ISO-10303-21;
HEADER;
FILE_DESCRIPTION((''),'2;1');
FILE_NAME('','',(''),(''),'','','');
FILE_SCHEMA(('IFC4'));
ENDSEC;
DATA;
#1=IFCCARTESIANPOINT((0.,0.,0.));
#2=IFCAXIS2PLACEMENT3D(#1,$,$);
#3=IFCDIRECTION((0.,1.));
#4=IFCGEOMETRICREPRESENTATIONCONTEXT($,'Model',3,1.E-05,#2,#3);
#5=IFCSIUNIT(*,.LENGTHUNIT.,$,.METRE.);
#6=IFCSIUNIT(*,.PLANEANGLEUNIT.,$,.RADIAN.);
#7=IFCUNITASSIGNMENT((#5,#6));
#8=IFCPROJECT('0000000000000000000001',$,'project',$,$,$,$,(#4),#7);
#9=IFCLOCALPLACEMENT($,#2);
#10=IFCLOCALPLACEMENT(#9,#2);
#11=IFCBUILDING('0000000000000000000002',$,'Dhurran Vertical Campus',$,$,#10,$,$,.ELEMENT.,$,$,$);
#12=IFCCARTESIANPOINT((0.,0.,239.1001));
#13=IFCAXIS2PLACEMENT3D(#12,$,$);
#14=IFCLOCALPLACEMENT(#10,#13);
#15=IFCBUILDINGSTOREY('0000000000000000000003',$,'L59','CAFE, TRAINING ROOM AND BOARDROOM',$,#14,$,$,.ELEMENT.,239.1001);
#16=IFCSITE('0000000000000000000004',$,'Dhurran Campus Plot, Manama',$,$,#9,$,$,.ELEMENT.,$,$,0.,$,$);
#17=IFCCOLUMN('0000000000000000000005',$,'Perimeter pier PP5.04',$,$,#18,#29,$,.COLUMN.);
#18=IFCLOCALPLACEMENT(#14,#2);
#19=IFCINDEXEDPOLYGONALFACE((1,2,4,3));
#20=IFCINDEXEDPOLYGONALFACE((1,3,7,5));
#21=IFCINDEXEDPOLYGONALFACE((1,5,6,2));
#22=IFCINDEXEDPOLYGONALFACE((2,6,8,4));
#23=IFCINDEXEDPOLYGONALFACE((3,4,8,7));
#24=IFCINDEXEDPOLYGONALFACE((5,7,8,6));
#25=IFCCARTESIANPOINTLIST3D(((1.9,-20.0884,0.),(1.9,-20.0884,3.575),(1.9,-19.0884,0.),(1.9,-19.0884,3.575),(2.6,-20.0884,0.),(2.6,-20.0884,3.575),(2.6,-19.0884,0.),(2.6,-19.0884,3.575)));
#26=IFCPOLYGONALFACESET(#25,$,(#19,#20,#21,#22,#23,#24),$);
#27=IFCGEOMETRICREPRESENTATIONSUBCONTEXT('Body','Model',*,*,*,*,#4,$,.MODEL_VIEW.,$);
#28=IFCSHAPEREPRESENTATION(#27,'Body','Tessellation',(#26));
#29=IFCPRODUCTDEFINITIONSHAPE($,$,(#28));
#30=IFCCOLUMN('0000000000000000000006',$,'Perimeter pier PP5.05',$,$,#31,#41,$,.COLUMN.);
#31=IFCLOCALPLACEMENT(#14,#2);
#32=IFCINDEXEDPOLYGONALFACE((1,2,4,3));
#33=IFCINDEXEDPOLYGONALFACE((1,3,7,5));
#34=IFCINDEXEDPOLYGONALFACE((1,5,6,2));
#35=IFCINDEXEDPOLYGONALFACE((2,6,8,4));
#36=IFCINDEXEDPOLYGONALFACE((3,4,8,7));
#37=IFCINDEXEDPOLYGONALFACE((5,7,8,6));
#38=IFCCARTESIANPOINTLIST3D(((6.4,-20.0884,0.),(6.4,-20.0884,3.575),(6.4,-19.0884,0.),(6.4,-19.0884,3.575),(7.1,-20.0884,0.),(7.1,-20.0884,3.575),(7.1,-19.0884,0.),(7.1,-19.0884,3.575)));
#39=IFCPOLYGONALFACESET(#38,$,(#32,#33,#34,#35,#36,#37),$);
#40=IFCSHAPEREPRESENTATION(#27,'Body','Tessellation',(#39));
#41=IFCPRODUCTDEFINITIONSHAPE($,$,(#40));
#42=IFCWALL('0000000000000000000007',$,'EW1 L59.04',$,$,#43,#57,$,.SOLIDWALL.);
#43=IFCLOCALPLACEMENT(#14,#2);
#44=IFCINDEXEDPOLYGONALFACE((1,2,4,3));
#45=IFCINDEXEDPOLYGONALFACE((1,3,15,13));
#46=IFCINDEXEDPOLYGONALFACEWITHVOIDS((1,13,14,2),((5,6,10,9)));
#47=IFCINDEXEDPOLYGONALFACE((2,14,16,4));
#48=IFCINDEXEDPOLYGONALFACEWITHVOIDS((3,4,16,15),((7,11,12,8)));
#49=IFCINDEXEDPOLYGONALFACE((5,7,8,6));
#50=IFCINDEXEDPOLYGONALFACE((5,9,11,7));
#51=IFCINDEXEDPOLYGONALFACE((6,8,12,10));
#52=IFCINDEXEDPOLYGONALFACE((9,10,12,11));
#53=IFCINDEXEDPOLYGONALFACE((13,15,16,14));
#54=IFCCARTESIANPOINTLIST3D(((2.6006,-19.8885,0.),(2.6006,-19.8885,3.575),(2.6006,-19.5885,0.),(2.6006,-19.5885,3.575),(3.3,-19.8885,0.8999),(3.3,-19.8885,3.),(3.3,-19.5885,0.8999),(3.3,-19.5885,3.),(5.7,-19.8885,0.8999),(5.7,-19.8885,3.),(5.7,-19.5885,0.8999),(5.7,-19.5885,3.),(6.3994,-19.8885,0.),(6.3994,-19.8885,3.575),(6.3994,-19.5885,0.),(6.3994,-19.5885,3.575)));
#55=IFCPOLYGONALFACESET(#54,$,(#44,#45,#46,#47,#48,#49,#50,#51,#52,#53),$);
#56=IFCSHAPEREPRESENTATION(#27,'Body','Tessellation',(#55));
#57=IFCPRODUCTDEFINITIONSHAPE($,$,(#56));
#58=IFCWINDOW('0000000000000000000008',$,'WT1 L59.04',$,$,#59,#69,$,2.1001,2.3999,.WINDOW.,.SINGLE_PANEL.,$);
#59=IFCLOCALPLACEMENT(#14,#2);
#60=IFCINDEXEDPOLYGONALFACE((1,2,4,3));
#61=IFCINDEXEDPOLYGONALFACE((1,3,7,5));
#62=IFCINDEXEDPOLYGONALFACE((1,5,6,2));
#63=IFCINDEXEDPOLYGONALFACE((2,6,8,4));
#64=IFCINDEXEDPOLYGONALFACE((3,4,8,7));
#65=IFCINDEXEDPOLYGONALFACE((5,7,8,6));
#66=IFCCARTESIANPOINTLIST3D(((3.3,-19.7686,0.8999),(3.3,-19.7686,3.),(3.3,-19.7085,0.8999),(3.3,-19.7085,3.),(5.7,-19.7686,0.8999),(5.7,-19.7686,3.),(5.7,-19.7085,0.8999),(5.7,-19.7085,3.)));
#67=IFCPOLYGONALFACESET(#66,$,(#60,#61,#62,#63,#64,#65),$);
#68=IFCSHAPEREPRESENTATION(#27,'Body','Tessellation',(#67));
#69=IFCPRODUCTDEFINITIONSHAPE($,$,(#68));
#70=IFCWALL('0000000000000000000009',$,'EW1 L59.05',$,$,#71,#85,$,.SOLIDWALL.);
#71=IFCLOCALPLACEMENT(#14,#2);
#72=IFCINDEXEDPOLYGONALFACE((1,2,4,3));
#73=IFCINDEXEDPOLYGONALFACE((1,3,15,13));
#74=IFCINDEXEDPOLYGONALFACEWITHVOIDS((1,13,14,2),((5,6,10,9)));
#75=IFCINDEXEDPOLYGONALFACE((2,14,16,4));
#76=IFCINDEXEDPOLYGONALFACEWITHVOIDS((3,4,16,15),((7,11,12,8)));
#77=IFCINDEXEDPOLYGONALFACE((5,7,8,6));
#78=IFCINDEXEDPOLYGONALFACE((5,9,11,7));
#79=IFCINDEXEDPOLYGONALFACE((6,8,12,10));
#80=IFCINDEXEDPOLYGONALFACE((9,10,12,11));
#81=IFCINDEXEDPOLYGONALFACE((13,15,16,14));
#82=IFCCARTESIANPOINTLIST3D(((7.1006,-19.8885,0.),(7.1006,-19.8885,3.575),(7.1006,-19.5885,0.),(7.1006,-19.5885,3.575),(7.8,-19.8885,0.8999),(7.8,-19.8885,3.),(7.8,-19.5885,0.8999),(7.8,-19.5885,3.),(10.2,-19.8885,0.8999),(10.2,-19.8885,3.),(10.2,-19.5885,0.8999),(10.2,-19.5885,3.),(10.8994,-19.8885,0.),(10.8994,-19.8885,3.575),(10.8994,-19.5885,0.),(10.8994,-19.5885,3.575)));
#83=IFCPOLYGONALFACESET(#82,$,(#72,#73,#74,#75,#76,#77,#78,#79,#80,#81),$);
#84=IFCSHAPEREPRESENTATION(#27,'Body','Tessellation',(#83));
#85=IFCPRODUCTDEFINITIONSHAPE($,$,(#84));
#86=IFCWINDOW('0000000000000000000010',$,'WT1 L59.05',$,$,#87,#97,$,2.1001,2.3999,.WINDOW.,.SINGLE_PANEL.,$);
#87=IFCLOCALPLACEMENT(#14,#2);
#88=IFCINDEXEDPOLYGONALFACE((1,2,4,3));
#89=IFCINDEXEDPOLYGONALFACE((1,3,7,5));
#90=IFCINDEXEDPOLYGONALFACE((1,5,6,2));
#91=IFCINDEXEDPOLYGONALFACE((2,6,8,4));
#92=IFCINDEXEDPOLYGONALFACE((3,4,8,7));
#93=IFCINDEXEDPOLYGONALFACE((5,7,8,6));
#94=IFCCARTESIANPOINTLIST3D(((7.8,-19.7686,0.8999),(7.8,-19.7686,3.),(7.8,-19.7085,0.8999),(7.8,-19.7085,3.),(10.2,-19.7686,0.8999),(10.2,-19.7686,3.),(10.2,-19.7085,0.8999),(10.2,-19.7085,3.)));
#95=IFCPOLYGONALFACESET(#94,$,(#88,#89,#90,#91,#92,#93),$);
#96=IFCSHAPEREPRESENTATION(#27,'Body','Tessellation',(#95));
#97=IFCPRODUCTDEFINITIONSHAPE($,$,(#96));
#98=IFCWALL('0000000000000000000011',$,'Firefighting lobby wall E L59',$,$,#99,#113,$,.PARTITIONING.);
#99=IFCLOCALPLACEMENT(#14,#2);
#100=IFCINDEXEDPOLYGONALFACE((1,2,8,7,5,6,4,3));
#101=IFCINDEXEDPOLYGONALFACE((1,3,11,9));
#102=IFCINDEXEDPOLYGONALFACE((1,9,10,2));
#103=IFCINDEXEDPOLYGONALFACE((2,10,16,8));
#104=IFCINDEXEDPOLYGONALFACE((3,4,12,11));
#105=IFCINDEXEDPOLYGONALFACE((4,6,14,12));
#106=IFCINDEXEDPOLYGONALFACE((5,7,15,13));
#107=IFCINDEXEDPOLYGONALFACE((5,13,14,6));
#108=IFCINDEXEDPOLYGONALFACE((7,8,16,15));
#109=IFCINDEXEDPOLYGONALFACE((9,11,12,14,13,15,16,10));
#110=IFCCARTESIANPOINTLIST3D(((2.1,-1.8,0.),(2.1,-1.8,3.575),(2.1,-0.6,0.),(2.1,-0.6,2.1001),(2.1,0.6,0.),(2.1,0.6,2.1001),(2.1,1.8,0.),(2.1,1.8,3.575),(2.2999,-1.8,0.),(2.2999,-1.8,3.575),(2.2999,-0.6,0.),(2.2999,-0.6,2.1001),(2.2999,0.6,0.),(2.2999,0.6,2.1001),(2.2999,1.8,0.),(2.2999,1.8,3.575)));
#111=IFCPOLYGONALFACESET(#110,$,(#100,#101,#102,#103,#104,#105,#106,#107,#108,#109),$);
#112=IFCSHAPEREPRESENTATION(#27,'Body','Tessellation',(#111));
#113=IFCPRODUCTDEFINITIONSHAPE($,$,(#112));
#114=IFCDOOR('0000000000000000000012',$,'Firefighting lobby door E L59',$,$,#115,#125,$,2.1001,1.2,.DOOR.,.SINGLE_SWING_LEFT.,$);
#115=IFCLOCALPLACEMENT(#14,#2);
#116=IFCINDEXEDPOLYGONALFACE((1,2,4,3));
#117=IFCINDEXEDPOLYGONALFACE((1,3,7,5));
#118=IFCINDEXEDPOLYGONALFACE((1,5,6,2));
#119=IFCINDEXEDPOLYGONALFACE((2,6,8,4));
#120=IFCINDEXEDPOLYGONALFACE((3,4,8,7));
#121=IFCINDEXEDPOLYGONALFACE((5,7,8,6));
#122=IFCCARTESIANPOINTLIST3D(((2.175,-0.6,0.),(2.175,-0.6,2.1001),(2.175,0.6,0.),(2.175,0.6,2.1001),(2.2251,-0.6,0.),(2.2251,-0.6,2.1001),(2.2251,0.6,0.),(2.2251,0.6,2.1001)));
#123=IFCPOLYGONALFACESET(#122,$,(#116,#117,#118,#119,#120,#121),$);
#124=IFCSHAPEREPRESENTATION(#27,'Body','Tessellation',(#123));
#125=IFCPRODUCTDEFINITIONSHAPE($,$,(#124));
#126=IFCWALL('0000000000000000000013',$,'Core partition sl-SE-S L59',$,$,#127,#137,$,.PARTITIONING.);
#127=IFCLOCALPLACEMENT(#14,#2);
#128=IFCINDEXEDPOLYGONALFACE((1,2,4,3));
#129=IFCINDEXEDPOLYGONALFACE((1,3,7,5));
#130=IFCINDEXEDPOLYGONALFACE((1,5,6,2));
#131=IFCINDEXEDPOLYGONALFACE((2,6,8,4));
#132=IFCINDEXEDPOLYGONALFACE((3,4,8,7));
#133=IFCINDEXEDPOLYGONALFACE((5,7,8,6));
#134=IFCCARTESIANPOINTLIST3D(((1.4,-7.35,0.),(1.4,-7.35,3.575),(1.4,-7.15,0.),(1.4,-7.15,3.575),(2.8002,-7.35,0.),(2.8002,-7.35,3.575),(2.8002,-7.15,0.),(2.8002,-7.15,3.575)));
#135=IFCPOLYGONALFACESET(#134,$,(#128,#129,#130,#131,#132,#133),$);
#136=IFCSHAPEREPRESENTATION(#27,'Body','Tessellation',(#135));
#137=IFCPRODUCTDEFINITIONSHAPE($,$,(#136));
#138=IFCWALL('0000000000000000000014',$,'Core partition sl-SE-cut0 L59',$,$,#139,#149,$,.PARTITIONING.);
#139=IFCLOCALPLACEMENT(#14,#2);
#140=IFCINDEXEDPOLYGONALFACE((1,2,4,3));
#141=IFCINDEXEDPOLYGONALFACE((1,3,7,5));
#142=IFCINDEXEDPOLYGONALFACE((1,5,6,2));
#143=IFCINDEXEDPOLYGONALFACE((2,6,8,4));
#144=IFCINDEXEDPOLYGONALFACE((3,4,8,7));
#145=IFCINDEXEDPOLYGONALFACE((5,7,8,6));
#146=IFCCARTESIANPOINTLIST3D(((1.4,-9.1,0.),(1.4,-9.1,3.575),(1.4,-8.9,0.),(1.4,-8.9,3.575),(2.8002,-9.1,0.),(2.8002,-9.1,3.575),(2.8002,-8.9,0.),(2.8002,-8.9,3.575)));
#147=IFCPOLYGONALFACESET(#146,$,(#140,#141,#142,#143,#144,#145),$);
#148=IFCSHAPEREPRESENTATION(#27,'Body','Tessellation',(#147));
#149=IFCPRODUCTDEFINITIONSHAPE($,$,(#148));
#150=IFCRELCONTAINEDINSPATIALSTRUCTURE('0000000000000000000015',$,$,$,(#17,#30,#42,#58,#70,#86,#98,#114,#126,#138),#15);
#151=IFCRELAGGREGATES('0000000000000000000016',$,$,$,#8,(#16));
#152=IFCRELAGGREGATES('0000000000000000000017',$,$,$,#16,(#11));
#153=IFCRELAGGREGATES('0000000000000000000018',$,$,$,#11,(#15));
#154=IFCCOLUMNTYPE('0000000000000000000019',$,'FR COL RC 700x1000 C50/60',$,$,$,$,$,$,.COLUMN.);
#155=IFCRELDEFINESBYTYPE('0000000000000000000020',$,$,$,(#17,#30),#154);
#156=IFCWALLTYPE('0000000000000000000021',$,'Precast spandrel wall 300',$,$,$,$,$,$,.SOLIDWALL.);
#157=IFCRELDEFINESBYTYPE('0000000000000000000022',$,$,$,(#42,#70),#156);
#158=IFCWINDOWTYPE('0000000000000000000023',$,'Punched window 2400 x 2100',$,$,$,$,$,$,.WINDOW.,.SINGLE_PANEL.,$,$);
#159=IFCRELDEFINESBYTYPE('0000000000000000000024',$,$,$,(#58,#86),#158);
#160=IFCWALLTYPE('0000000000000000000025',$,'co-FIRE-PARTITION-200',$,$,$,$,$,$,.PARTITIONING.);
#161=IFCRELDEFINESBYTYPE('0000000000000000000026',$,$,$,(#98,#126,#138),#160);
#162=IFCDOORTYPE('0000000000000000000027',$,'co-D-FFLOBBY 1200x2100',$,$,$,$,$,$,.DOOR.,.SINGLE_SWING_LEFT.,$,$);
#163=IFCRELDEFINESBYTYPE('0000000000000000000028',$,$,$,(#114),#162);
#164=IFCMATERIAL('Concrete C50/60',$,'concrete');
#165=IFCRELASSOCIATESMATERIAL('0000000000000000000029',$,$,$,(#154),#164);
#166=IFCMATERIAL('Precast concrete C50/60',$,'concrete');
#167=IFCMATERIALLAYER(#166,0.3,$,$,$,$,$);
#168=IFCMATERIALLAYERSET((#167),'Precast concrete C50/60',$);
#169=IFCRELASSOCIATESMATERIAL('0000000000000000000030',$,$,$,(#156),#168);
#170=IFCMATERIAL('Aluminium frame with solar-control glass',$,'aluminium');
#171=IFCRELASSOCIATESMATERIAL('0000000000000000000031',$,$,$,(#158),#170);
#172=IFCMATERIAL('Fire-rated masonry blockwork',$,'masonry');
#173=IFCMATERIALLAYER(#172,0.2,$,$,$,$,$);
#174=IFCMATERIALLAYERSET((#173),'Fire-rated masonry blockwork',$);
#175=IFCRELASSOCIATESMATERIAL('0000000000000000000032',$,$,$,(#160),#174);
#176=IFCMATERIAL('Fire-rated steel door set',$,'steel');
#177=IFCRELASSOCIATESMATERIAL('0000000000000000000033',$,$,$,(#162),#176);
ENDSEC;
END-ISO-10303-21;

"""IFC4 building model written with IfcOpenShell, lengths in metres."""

from ifc_helpers import new_model, si_unit, direction, frame, frame_2d, origin, origin_2d, place, context, subcontext, project, spatial, rectangle, extrude, material, layer, layer_set, material_profile, profile_set, type_object, element, fill, save


model = new_model("IFC4")

# Units and contexts
model_context = context("Model", 3, precision=1e-05, world=origin(), true_north=direction((0.0, 1.0)))
body_context = subcontext(model_context, "Body", "Model", "MODEL_VIEW")
ifc_project = project(units=[si_unit("LENGTHUNIT", "METRE"), si_unit("PLANEANGLEUNIT", "RADIAN")], contexts=[model_context])

# Site, building, storey
site_placement = place(None, origin())
site = spatial("IfcSite", under=ifc_project, at=site_placement, Name="Dhurran Campus Plot, Manama", CompositionType="ELEMENT", RefElevation=0.0)
building_placement = place(site_placement, origin())
building = spatial("IfcBuilding", under=site, at=building_placement, Name="Dhurran Vertical Campus", CompositionType="ELEMENT")
storey_placement = place(building_placement, frame((0.0, 0.0, 239.1001)))
storey = spatial("IfcBuildingStorey", under=building, at=storey_placement, Name="L59", Description="CAFE, TRAINING ROOM AND BOARDROOM", CompositionType="ELEMENT", Elevation=239.1001)

# Columns
ifc_material_1 = material(Name="Concrete C50/60", Category="concrete")
ifc_material_profile = material_profile(ifc_material_1, rectangle(XDim=0.7, YDim=1.0, at=origin_2d()), Name="RC 700x1000")
ifc_profile_set = profile_set([ifc_material_profile], Name="Concrete C50/60")
column_type = type_object("IfcColumnType", Name="FR COL RC 700x1000 C50/60", PredefinedType="COLUMN", material=ifc_profile_set)
for number, where, z_axis, x_axis, name in (
    (1, (2.25, -19.5884, 0.0), (0.0, 0.0, 1.0), (1.0, 0.0, 0.0), "Perimeter pier PP5.04"),
    (2, (6.75, -19.5884, 0.0), (0.0, 0.0, 1.0), (1.0, 0.0, 0.0), "Perimeter pier PP5.05"),
):
    element("IfcColumn", number, at=place(storey_placement, frame(where, z_axis=z_axis, x_axis=x_axis)), inside=storey, type_object=column_type, Name=name, PredefinedType="COLUMN", context=body_context, shape_type="SweptSolid", body=[
        extrude(rectangle(XDim=0.7, YDim=1.0, at=origin_2d()), origin(), (0.0, 0.0, 1.0), 3.575),
    ])

# Walls, openings, windows
ifc_material_2 = material(Name="Precast concrete C50/60", Category="concrete")
ifc_layer_1 = layer(ifc_material_2, 0.3)
ifc_layer_set_1 = layer_set([ifc_layer_1], Name="Precast concrete C50/60")
wall_type_1 = type_object("IfcWallType", Name="Precast spandrel wall 300", PredefinedType="SOLIDWALL", material=ifc_layer_set_1)
wall_1_placement = place(storey_placement, frame((2.6006, -19.7385, 0.0), z_axis=(0.0, 0.0, 1.0), x_axis=(1.0, 0.0, 0.0)))
wall_1 = element("IfcWall", 3, at=wall_1_placement, inside=storey, type_object=wall_type_1, Name="EW1 L59.04", PredefinedType="SOLIDWALL", context=body_context, shape_type="SweptSolid", body=[
    extrude(rectangle(XDim=3.7988, YDim=0.3, at=frame_2d((1.8994, 0.0))), origin(), (0.0, 0.0, 1.0), 3.575),
])
opening_1_placement = place(wall_1_placement, frame((0.6995, 0.0, 0.8999)))
opening_1 = element("IfcOpeningElement", 4, at=opening_1_placement, cuts=wall_1, PredefinedType="OPENING", context=body_context, shape_type="SweptSolid", body=[
    extrude(rectangle(XDim=2.3999, YDim=2.1001, at=frame_2d((1.2, 1.05))), frame((0.0, 0.1599, 0.0), z_axis=(0.0, -1.0, 0.0), x_axis=(1.0, 0.0, 0.0)), (0.0, 0.0, 1.0), 0.3201),
])
ifc_material_3 = material(Name="Aluminium frame with solar-control glass", Category="aluminium")
window_type = type_object("IfcWindowType", Name="Punched window 2400 x 2100", PartitioningType="SINGLE_PANEL", PredefinedType="WINDOW", material=ifc_material_3)
window_1_placement = place(opening_1_placement, origin())
window_1 = element("IfcWindow", 5, at=window_1_placement, inside=storey, type_object=window_type, Name="WT1 L59.04", OverallHeight=2.1001, OverallWidth=2.3999, PartitioningType="SINGLE_PANEL", PredefinedType="WINDOW", context=body_context, shape_type="SweptSolid", body=[
    extrude(rectangle(XDim=2.3999, YDim=2.1001, at=frame_2d((1.2, 1.05))), frame((0.0, 0.03, 0.0), z_axis=(0.0, -1.0, 0.0), x_axis=(1.0, 0.0, 0.0)), (0.0, 0.0, 1.0), 0.0601),
])
fill(opening_1, window_1)
wall_2_placement = place(storey_placement, frame((7.1006, -19.7385, 0.0), z_axis=(0.0, 0.0, 1.0), x_axis=(1.0, 0.0, 0.0)))
wall_2 = element("IfcWall", 6, at=wall_2_placement, inside=storey, type_object=wall_type_1, Name="EW1 L59.05", PredefinedType="SOLIDWALL", context=body_context, shape_type="SweptSolid", body=[
    extrude(rectangle(XDim=3.7988, YDim=0.3, at=frame_2d((1.8994, 0.0))), origin(), (0.0, 0.0, 1.0), 3.575),
])
opening_2_placement = place(wall_2_placement, frame((0.6995, 0.0, 0.8999)))
opening_2 = element("IfcOpeningElement", 7, at=opening_2_placement, cuts=wall_2, PredefinedType="OPENING", context=body_context, shape_type="SweptSolid", body=[
    extrude(rectangle(XDim=2.3999, YDim=2.1001, at=frame_2d((1.2, 1.05))), frame((0.0, 0.1599, 0.0), z_axis=(0.0, -1.0, 0.0), x_axis=(1.0, 0.0, 0.0)), (0.0, 0.0, 1.0), 0.3201),
])
window_2_placement = place(opening_2_placement, origin())
window_2 = element("IfcWindow", 8, at=window_2_placement, inside=storey, type_object=window_type, Name="WT1 L59.05", OverallHeight=2.1001, OverallWidth=2.3999, PartitioningType="SINGLE_PANEL", PredefinedType="WINDOW", context=body_context, shape_type="SweptSolid", body=[
    extrude(rectangle(XDim=2.3999, YDim=2.1001, at=frame_2d((1.2, 1.05))), frame((0.0, 0.03, 0.0), z_axis=(0.0, -1.0, 0.0), x_axis=(1.0, 0.0, 0.0)), (0.0, 0.0, 1.0), 0.0601),
])
fill(opening_2, window_2)

# Wall, opening, door
ifc_material_4 = material(Name="Fire-rated masonry blockwork", Category="masonry")
ifc_layer_2 = layer(ifc_material_4, 0.2)
ifc_layer_set_2 = layer_set([ifc_layer_2], Name="Fire-rated masonry blockwork")
wall_type_2 = type_object("IfcWallType", Name="co-FIRE-PARTITION-200", PredefinedType="PARTITIONING", material=ifc_layer_set_2)
wall_3_placement = place(storey_placement, frame((2.2, -1.8, 0.0), z_axis=(0.0, 0.0, 1.0), x_axis=(0.0, 1.0, 0.0)))
wall_3 = element("IfcWall", 9, at=wall_3_placement, inside=storey, type_object=wall_type_2, Name="Firefighting lobby wall E L59", PredefinedType="PARTITIONING", context=body_context, shape_type="SweptSolid", body=[
    extrude(rectangle(XDim=3.6001, YDim=0.2, at=frame_2d((1.8, 0.0))), origin(), (0.0, 0.0, 1.0), 3.575),
])
opening_3_placement = place(wall_3_placement, frame((1.2, 0.0, 0.0)))
opening_3 = element("IfcOpeningElement", 10, at=opening_3_placement, cuts=wall_3, PredefinedType="OPENING", context=body_context, shape_type="SweptSolid", body=[
    extrude(rectangle(XDim=1.2, YDim=2.1001, at=frame_2d((0.6001, 1.05))), frame((0.0, 0.1099, 0.0), z_axis=(0.0, -1.0, 0.0), x_axis=(1.0, 0.0, 0.0)), (0.0, 0.0, 1.0), 0.22),
])
ifc_material_5 = material(Name="Fire-rated steel door set", Category="steel")
door_type_1 = type_object("IfcDoorType", Name="co-D-FFLOBBY 1200x2100", OperationType="SINGLE_SWING_LEFT", PredefinedType="DOOR", material=ifc_material_5)
door_1_placement = place(opening_3_placement, origin())
door_1 = element("IfcDoor", 11, at=door_1_placement, inside=storey, type_object=door_type_1, Name="Firefighting lobby door E L59", OperationType="SINGLE_SWING_LEFT", OverallHeight=2.1001, OverallWidth=1.2, PredefinedType="DOOR", context=body_context, shape_type="SweptSolid", body=[
    extrude(rectangle(XDim=1.2, YDim=2.1001, at=frame_2d((0.6001, 1.05))), frame((0.0, 0.0249, 0.0), z_axis=(0.0, -1.0, 0.0), x_axis=(1.0, 0.0, 0.0)), (0.0, 0.0, 1.0), 0.05),
])
fill(opening_3, door_1)

# Walls
for number, where, z_axis, x_axis, name in (
    (12, (1.3999, -7.25, 0.0), (0.0, 0.0, 1.0), (1.0, 0.0, 0.0), "Core partition sl-SE-S L59"),
    (13, (1.3999, -9.0, 0.0), (0.0, 0.0, 1.0), (1.0, 0.0, 0.0), "Core partition sl-SE-cut0 L59"),
):
    element("IfcWall", number, at=place(storey_placement, frame(where, z_axis=z_axis, x_axis=x_axis)), inside=storey, type_object=wall_type_2, Name=name, PredefinedType="PARTITIONING", context=body_context, shape_type="SweptSolid", body=[
        extrude(rectangle(XDim=1.4001, YDim=0.2, at=frame_2d((0.7002, 0.0))), origin(), (0.0, 0.0, 1.0), 3.575),
    ])

save(model, "model.ifc")
